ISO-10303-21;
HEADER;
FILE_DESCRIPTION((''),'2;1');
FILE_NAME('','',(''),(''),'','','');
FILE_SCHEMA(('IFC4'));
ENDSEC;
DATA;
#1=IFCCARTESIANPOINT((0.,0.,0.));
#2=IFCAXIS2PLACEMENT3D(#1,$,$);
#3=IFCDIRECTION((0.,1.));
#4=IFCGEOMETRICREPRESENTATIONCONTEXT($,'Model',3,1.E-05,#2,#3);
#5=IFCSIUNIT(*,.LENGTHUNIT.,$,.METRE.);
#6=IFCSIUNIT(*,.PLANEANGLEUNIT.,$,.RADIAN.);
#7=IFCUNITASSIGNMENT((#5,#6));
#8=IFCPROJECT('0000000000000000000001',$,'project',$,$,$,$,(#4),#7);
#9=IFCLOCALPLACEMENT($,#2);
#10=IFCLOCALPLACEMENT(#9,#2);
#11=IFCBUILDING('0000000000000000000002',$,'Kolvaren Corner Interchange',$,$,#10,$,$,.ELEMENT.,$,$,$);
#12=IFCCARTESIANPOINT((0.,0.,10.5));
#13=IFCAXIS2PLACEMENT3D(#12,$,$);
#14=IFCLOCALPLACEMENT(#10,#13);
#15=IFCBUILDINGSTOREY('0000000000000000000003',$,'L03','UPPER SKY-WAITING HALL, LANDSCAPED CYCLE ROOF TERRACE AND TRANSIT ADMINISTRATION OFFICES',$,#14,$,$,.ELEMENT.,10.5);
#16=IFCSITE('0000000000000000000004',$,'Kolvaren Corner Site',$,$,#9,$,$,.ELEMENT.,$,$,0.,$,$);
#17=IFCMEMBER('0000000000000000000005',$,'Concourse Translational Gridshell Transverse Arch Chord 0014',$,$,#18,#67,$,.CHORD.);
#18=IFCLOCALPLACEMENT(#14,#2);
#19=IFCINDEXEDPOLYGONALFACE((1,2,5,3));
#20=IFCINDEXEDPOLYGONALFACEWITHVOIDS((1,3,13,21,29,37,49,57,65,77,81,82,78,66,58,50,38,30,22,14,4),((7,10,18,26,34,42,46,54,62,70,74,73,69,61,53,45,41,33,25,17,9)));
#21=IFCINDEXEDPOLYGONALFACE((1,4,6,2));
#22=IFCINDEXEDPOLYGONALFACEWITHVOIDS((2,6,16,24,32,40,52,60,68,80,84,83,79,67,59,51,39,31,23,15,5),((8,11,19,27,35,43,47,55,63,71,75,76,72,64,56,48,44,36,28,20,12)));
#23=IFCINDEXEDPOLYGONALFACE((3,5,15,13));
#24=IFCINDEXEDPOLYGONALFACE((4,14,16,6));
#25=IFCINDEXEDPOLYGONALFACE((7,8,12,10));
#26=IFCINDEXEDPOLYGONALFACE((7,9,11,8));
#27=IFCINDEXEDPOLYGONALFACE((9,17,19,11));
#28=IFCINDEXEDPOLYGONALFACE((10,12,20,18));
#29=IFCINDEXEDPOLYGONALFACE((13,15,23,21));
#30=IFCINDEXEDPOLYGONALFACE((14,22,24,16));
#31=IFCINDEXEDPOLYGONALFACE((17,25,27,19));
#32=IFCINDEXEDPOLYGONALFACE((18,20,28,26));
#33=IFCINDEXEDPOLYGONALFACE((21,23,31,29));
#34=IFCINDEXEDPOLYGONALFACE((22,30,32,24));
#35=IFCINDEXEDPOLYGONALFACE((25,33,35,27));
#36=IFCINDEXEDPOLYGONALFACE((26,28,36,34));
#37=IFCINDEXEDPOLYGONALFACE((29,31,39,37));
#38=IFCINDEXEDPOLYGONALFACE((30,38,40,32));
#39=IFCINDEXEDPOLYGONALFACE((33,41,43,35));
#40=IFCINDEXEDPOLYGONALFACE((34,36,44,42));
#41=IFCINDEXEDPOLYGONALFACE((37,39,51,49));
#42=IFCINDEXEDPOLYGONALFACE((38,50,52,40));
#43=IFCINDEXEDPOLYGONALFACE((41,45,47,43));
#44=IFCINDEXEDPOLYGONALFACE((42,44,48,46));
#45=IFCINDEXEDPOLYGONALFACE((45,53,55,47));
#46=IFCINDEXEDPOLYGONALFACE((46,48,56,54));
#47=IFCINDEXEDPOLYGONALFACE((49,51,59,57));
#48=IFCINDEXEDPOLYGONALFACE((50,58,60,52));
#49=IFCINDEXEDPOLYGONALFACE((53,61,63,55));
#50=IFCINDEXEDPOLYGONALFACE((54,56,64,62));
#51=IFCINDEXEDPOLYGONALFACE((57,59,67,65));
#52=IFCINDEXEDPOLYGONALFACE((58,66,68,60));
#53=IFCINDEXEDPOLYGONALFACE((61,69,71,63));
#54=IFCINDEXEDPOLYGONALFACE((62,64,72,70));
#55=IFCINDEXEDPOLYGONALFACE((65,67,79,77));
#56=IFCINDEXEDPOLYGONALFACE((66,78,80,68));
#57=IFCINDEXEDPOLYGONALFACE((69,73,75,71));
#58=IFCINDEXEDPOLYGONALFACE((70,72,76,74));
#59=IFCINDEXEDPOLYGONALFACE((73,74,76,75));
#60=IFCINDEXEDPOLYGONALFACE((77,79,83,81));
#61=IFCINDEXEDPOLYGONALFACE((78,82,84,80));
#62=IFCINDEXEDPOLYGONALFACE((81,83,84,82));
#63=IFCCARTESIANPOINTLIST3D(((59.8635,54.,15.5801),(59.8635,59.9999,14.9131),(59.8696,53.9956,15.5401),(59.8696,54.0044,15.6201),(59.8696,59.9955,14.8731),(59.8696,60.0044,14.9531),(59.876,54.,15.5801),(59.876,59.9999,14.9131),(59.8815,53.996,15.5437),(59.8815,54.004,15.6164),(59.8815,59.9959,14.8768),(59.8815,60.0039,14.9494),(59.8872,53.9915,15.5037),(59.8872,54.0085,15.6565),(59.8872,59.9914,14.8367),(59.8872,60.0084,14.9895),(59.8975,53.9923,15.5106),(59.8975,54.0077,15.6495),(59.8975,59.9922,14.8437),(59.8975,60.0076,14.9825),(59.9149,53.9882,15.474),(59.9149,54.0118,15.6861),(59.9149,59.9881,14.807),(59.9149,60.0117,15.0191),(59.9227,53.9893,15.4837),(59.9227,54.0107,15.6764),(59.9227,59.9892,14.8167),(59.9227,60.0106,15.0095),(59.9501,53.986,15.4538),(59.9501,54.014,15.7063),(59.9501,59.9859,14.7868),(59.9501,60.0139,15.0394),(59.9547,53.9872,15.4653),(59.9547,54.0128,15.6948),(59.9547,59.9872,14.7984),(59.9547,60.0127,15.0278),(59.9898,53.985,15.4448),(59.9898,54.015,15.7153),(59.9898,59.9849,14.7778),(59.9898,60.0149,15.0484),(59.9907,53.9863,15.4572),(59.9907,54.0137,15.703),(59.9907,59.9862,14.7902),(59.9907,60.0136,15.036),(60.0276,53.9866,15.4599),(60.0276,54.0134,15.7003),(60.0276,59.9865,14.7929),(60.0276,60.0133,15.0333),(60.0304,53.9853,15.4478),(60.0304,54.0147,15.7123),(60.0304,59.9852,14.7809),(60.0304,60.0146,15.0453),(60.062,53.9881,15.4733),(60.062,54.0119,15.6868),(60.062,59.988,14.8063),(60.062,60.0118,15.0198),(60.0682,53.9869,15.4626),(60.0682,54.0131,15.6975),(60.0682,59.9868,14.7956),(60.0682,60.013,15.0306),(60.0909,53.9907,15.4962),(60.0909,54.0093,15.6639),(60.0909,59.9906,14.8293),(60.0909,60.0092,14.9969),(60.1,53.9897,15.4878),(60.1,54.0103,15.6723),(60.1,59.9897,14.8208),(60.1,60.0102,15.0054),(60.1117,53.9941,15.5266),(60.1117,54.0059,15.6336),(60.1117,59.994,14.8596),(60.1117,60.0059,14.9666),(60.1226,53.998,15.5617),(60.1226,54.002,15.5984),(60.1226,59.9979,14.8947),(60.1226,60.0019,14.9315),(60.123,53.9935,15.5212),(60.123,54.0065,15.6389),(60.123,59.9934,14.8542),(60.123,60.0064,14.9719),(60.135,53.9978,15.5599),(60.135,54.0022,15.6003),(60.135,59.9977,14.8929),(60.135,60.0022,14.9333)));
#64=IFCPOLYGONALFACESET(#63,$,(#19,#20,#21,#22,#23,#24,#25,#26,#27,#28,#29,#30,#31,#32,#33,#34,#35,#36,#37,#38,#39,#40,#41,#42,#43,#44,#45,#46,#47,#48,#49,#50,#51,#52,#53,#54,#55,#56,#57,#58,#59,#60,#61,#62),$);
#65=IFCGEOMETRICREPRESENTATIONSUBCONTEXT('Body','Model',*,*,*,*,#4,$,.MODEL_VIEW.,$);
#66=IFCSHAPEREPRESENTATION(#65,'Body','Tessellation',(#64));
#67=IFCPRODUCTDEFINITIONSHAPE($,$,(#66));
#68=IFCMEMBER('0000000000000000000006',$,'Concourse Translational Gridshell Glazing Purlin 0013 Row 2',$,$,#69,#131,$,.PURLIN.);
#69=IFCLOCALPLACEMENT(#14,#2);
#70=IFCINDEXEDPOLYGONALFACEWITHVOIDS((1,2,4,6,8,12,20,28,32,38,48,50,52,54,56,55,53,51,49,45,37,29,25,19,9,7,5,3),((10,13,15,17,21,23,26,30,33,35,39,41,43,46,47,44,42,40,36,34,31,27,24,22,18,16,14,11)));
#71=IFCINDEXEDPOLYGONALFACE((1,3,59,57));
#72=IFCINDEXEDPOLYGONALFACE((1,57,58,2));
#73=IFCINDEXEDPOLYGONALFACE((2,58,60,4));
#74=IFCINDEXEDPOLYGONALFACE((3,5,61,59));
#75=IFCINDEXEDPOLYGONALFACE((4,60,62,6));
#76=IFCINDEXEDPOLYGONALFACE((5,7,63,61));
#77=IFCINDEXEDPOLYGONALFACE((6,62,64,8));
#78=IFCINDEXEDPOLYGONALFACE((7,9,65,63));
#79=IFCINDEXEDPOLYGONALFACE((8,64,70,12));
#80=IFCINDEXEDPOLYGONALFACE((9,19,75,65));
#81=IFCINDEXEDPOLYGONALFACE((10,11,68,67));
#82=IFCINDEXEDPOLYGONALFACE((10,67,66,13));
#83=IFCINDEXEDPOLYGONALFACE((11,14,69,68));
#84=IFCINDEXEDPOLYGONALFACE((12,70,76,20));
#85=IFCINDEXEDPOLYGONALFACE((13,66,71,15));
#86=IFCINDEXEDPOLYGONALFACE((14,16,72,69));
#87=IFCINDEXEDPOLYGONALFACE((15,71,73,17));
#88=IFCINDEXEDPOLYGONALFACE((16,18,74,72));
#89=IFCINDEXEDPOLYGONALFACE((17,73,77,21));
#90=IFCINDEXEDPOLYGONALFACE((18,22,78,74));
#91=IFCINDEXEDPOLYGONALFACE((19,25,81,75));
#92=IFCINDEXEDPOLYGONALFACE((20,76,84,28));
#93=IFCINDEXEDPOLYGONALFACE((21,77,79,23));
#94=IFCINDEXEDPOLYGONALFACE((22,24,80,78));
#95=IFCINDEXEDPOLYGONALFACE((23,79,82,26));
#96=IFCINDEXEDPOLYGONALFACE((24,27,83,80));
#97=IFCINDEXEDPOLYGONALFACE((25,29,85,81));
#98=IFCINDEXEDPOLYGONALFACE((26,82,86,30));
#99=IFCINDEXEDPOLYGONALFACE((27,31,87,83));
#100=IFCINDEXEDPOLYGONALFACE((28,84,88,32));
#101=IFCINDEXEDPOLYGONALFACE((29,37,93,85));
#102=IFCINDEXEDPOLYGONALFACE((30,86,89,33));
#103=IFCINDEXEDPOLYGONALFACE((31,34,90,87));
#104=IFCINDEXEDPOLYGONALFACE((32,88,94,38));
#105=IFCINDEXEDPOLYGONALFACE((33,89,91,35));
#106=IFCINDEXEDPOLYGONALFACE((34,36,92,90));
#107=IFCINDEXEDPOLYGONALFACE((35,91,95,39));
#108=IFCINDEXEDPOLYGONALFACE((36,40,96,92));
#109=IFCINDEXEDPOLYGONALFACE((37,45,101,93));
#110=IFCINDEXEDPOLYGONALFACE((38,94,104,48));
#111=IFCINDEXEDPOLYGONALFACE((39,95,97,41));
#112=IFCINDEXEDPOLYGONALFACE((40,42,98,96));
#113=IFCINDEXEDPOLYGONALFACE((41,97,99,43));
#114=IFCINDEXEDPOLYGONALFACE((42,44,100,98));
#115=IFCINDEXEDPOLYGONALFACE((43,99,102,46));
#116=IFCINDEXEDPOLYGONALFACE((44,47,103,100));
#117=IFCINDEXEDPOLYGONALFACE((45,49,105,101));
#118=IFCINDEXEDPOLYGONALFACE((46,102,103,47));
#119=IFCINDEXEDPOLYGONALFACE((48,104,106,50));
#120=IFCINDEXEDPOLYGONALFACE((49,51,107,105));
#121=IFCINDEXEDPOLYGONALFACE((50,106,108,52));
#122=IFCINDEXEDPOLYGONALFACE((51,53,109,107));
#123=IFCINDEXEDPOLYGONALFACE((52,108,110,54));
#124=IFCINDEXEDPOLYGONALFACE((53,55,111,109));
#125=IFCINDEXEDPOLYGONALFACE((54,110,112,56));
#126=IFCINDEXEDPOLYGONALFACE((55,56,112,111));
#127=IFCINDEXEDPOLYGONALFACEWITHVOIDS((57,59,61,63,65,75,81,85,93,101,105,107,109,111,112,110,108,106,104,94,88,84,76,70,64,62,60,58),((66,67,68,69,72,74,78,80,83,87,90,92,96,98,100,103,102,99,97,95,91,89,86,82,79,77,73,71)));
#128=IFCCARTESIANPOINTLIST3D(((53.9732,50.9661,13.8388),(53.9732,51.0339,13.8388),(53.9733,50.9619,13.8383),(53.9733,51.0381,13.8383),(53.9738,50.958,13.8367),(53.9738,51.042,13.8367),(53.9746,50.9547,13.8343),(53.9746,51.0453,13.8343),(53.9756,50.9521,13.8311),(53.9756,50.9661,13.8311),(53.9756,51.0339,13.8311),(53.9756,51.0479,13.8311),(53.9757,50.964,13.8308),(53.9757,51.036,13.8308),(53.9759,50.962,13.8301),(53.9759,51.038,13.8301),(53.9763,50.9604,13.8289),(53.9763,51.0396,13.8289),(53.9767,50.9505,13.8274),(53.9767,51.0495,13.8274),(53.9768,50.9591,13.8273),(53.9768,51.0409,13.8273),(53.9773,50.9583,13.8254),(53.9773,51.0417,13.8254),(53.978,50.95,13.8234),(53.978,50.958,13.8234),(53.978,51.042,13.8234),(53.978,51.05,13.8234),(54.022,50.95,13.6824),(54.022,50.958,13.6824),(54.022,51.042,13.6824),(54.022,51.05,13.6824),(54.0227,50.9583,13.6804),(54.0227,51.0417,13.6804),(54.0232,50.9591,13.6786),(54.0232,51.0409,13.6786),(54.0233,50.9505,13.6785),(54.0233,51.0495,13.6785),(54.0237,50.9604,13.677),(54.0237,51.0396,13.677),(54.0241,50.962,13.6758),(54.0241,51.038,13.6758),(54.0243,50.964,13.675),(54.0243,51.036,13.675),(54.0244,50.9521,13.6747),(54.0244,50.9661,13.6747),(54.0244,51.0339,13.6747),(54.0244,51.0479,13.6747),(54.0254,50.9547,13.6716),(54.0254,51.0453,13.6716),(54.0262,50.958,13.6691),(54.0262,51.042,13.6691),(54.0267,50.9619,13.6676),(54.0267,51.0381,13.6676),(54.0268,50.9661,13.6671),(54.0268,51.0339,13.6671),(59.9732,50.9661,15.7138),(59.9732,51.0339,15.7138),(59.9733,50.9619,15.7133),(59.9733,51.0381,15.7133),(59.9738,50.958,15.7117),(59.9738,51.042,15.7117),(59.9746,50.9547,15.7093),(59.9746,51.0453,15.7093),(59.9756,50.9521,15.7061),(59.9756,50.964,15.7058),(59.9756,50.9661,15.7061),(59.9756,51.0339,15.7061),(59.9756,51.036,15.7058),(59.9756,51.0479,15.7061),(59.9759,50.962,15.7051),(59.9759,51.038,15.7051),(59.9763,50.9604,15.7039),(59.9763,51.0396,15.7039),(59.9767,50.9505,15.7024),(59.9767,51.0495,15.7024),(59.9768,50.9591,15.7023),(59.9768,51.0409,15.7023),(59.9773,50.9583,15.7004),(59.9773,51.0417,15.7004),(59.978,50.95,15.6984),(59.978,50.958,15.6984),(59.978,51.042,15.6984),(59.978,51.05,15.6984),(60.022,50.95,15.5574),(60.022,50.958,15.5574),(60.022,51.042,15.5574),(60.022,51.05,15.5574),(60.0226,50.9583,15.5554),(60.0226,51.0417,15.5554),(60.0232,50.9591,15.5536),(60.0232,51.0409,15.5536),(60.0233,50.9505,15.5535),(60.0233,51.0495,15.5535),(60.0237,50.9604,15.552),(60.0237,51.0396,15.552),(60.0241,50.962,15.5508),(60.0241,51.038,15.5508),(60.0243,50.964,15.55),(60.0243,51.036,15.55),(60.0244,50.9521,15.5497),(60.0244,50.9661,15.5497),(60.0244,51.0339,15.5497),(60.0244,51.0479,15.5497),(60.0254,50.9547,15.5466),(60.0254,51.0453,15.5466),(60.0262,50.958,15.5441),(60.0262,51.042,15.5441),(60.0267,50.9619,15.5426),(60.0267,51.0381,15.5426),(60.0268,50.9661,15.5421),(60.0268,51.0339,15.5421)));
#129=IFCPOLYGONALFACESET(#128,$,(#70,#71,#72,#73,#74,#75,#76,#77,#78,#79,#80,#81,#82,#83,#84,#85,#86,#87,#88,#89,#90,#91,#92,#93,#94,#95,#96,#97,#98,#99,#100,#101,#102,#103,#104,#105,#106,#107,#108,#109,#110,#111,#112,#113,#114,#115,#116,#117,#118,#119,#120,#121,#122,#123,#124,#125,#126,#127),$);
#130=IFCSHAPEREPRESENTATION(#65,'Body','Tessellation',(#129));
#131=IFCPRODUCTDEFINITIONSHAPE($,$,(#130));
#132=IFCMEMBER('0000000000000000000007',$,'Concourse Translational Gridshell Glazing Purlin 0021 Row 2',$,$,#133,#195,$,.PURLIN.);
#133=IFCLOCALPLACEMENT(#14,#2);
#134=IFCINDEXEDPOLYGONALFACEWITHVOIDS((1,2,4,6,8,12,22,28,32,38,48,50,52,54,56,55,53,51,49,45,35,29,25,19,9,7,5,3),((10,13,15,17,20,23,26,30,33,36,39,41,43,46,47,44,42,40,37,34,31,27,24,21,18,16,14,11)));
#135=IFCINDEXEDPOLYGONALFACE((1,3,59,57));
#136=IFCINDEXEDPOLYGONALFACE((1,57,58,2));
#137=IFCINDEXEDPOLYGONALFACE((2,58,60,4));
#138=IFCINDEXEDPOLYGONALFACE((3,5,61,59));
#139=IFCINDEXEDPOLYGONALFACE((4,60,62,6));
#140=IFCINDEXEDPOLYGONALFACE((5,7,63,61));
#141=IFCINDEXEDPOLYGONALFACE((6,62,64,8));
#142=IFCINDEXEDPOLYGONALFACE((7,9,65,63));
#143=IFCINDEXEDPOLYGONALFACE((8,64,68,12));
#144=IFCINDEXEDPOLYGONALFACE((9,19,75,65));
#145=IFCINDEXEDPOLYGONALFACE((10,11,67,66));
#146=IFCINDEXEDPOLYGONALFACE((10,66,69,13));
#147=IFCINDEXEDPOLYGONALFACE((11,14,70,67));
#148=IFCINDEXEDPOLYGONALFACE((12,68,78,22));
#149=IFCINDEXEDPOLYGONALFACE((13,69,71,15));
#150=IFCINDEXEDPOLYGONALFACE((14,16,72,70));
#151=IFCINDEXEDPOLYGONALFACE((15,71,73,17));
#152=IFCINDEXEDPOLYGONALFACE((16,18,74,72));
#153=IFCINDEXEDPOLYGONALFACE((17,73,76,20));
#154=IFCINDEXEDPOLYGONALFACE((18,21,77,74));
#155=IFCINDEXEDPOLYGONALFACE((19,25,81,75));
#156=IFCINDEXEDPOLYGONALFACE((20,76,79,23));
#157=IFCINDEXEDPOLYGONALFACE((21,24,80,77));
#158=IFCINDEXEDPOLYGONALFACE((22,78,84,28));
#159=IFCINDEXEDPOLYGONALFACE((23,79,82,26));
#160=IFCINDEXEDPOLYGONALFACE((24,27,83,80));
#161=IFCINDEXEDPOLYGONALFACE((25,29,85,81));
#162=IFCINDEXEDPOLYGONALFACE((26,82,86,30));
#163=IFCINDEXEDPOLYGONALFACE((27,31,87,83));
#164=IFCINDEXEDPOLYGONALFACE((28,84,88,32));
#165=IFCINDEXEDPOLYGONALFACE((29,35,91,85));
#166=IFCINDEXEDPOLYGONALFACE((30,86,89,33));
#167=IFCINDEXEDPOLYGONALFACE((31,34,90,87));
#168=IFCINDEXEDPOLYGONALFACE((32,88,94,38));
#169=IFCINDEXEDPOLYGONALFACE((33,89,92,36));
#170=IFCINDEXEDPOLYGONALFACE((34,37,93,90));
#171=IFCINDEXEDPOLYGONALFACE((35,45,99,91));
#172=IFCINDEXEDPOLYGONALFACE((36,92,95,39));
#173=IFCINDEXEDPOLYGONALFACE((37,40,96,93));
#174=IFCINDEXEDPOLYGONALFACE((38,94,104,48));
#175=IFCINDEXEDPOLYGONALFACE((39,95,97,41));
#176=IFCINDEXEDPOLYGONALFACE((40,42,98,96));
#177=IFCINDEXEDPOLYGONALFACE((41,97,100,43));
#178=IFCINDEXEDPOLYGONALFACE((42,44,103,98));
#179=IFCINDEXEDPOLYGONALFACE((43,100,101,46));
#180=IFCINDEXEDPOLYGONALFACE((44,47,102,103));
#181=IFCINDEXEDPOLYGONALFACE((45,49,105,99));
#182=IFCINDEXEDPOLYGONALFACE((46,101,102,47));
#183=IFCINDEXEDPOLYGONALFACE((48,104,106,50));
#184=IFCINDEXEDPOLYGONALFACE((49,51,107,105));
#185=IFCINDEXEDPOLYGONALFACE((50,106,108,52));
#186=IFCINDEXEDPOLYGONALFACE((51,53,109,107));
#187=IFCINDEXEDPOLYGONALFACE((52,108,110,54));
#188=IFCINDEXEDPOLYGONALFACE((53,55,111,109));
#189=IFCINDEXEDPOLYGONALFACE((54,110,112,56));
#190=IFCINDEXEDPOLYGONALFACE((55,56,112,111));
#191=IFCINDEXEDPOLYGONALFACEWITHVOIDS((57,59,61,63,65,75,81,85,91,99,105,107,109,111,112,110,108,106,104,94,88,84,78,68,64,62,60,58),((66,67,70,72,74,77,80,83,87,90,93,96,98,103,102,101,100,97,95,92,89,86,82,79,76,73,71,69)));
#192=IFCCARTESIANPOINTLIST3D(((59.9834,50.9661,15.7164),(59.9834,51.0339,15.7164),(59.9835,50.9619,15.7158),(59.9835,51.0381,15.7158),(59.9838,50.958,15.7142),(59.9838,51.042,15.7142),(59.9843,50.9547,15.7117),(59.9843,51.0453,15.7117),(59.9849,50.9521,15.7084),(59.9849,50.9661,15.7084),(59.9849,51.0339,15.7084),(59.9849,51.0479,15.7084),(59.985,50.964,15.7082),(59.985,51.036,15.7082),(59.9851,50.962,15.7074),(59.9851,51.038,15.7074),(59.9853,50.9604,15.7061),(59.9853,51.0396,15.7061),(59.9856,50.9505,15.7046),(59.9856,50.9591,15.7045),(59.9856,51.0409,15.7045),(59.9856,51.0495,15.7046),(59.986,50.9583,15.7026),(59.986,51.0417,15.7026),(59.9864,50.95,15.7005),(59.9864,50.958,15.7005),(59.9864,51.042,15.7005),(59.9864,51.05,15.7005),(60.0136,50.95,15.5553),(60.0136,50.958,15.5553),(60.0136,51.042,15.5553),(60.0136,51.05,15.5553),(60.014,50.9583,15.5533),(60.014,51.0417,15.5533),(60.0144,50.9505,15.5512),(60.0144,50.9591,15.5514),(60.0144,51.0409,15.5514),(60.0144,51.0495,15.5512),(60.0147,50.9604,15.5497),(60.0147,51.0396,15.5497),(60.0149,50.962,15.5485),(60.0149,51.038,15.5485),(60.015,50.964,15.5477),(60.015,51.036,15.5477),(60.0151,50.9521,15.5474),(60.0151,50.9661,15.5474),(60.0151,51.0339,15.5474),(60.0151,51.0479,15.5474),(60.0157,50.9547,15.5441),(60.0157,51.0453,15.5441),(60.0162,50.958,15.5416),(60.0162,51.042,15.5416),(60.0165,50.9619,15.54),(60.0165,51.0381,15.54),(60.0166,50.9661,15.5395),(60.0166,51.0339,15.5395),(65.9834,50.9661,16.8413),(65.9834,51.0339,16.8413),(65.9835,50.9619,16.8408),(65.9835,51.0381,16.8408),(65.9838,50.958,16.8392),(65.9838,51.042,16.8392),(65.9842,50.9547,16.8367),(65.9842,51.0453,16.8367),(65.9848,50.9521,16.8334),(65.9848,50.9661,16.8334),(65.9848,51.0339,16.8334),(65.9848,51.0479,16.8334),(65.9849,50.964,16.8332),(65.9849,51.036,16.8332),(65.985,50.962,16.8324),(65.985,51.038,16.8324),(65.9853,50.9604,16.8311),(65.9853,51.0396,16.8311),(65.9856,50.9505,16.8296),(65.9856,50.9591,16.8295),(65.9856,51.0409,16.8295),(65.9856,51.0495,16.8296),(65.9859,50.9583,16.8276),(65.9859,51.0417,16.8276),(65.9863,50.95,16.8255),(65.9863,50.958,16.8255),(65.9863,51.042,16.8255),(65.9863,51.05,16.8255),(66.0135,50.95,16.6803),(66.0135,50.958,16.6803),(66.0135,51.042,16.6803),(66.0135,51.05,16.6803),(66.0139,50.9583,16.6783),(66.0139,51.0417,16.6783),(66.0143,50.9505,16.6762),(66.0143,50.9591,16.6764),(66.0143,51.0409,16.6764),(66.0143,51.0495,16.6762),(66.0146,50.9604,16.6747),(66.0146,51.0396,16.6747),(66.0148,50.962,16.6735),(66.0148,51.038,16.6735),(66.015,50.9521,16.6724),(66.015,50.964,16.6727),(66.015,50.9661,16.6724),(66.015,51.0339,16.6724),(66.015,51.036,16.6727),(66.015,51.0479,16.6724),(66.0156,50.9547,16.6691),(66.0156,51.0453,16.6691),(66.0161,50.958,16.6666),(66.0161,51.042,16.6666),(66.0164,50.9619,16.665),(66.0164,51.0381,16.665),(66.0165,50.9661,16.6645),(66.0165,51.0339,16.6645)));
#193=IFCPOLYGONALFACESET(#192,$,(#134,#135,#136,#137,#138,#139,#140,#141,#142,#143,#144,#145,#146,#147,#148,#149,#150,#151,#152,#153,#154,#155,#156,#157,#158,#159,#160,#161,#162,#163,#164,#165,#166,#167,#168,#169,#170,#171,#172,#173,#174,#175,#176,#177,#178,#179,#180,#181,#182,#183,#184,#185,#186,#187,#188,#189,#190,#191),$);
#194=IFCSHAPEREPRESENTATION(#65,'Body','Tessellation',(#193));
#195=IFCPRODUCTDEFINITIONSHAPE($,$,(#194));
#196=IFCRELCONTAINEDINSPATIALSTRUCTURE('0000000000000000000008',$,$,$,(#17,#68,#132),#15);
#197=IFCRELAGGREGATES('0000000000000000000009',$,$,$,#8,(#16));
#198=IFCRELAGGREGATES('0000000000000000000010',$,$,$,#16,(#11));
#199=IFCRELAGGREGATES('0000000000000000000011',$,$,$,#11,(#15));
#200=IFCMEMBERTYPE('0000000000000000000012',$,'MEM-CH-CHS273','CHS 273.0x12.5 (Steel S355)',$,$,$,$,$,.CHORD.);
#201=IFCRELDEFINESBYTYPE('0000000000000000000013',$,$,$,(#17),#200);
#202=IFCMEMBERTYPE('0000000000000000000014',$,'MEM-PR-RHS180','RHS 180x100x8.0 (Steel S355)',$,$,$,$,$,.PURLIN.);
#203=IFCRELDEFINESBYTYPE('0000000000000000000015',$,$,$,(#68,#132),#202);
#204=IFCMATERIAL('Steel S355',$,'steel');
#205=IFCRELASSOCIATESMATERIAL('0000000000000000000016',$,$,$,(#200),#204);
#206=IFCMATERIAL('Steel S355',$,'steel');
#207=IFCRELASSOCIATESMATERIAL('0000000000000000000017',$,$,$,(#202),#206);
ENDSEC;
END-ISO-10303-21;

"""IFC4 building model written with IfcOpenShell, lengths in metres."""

from ifc_helpers import new_model, si_unit, direction, frame, origin, origin_2d, place, context, subcontext, project, spatial, hollow_rectangle, hollow_circle, extrude, material, material_profile, profile_set, type_object, element, save


model = new_model("IFC4")

# Units and contexts
model_context = context("Model", 3, precision=1e-05, world=origin(), true_north=direction((0.0, 1.0)))
body_context = subcontext(model_context, "Body", "Model", "MODEL_VIEW")
ifc_project = project(units=[si_unit("LENGTHUNIT", "METRE"), si_unit("PLANEANGLEUNIT", "RADIAN")], contexts=[model_context])

# Site, building, storey
site_placement = place(None, origin())
site = spatial("IfcSite", under=ifc_project, at=site_placement, Name="Kolvaren Corner Site", CompositionType="ELEMENT", RefElevation=0.0)
building_placement = place(site_placement, origin())
building = spatial("IfcBuilding", under=site, at=building_placement, Name="Kolvaren Corner Interchange", CompositionType="ELEMENT")
storey_placement = place(building_placement, frame((0.0, 0.0, 10.5)))
storey = spatial("IfcBuildingStorey", under=building, at=storey_placement, Name="L03", Description="UPPER SKY-WAITING HALL, LANDSCAPED CYCLE ROOF TERRACE AND TRANSIT ADMINISTRATION OFFICES", CompositionType="ELEMENT", Elevation=10.5)

# Members
ifc_material_1 = material(Name="Steel S355", Category="steel")
ifc_material_profile_1 = material_profile(ifc_material_1, hollow_circle(Radius=0.1365, WallThickness=0.0125, at=origin_2d()), Name="CHS 273.0x12.5")
ifc_profile_set_1 = profile_set([ifc_material_profile_1], Name="Steel S355")
member_type_1 = type_object("IfcMemberType", Name="MEM-CH-CHS273", Description="CHS 273.0x12.5 (Steel S355)", PredefinedType="CHORD", material=ifc_profile_set_1)
for number, where, z_axis, x_axis, name in (
    (1, (60.0, 54.0, 15.5801), (0.0, 0.993878, -0.110485), (-1.0, 0.0, 0.0), "Concourse Translational Gridshell Transverse Arch Chord 0014"),
):
    element("IfcMember", number, at=place(storey_placement, frame(where, z_axis=z_axis, x_axis=x_axis)), inside=storey, type_object=member_type_1, Name=name, PredefinedType="CHORD", context=body_context, shape_type="SweptSolid", body=[
        extrude(hollow_circle(Radius=0.1365, WallThickness=0.0125, at=origin_2d()), origin(), (0.0, 0.0, 1.0), 6.0369),
    ])
ifc_material_2 = material(Name="Steel S355", Category="steel")
ifc_material_profile_2 = material_profile(ifc_material_2, hollow_rectangle(XDim=0.1001, YDim=0.1799, WallThickness=0.0081, InnerFilletRadius=0.0081, OuterFilletRadius=0.0161, at=origin_2d()), Name="RHS 180x100x8.0")
ifc_profile_set_2 = profile_set([ifc_material_profile_2], Name="Steel S355")
member_type_2 = type_object("IfcMemberType", Name="MEM-PR-RHS180", Description="RHS 180x100x8.0 (Steel S355)", PredefinedType="PURLIN", material=ifc_profile_set_2)
member_1_placement = place(storey_placement, frame((54.0, 51.0, 13.7529), z_axis=(0.95448, 0.0, 0.298275), x_axis=(0.0, 1.0, 0.0)))
element("IfcMember", 2, at=member_1_placement, inside=storey, type_object=member_type_2, Name="Concourse Translational Gridshell Glazing Purlin 0013 Row 2", PredefinedType="PURLIN", context=body_context, shape_type="SweptSolid", body=[
    extrude(hollow_rectangle(XDim=0.1001, YDim=0.1799, WallThickness=0.0081, InnerFilletRadius=0.0081, OuterFilletRadius=0.0161, at=origin_2d()), origin(), (0.0, 0.0, 1.0), 6.2861),
])
member_2_placement = place(storey_placement, frame((60.0, 51.0, 15.6279), z_axis=(0.982872, 0.0, 0.184289), x_axis=(0.0, 1.0, 0.0)))
element("IfcMember", 3, at=member_2_placement, inside=storey, type_object=member_type_2, Name="Concourse Translational Gridshell Glazing Purlin 0021 Row 2", PredefinedType="PURLIN", context=body_context, shape_type="SweptSolid", body=[
    extrude(hollow_rectangle(XDim=0.1001, YDim=0.1799, WallThickness=0.0081, InnerFilletRadius=0.0081, OuterFilletRadius=0.0161, at=origin_2d()), origin(), (0.0, 0.0, 1.0), 6.1045),
])

save(model, "model.ifc")
